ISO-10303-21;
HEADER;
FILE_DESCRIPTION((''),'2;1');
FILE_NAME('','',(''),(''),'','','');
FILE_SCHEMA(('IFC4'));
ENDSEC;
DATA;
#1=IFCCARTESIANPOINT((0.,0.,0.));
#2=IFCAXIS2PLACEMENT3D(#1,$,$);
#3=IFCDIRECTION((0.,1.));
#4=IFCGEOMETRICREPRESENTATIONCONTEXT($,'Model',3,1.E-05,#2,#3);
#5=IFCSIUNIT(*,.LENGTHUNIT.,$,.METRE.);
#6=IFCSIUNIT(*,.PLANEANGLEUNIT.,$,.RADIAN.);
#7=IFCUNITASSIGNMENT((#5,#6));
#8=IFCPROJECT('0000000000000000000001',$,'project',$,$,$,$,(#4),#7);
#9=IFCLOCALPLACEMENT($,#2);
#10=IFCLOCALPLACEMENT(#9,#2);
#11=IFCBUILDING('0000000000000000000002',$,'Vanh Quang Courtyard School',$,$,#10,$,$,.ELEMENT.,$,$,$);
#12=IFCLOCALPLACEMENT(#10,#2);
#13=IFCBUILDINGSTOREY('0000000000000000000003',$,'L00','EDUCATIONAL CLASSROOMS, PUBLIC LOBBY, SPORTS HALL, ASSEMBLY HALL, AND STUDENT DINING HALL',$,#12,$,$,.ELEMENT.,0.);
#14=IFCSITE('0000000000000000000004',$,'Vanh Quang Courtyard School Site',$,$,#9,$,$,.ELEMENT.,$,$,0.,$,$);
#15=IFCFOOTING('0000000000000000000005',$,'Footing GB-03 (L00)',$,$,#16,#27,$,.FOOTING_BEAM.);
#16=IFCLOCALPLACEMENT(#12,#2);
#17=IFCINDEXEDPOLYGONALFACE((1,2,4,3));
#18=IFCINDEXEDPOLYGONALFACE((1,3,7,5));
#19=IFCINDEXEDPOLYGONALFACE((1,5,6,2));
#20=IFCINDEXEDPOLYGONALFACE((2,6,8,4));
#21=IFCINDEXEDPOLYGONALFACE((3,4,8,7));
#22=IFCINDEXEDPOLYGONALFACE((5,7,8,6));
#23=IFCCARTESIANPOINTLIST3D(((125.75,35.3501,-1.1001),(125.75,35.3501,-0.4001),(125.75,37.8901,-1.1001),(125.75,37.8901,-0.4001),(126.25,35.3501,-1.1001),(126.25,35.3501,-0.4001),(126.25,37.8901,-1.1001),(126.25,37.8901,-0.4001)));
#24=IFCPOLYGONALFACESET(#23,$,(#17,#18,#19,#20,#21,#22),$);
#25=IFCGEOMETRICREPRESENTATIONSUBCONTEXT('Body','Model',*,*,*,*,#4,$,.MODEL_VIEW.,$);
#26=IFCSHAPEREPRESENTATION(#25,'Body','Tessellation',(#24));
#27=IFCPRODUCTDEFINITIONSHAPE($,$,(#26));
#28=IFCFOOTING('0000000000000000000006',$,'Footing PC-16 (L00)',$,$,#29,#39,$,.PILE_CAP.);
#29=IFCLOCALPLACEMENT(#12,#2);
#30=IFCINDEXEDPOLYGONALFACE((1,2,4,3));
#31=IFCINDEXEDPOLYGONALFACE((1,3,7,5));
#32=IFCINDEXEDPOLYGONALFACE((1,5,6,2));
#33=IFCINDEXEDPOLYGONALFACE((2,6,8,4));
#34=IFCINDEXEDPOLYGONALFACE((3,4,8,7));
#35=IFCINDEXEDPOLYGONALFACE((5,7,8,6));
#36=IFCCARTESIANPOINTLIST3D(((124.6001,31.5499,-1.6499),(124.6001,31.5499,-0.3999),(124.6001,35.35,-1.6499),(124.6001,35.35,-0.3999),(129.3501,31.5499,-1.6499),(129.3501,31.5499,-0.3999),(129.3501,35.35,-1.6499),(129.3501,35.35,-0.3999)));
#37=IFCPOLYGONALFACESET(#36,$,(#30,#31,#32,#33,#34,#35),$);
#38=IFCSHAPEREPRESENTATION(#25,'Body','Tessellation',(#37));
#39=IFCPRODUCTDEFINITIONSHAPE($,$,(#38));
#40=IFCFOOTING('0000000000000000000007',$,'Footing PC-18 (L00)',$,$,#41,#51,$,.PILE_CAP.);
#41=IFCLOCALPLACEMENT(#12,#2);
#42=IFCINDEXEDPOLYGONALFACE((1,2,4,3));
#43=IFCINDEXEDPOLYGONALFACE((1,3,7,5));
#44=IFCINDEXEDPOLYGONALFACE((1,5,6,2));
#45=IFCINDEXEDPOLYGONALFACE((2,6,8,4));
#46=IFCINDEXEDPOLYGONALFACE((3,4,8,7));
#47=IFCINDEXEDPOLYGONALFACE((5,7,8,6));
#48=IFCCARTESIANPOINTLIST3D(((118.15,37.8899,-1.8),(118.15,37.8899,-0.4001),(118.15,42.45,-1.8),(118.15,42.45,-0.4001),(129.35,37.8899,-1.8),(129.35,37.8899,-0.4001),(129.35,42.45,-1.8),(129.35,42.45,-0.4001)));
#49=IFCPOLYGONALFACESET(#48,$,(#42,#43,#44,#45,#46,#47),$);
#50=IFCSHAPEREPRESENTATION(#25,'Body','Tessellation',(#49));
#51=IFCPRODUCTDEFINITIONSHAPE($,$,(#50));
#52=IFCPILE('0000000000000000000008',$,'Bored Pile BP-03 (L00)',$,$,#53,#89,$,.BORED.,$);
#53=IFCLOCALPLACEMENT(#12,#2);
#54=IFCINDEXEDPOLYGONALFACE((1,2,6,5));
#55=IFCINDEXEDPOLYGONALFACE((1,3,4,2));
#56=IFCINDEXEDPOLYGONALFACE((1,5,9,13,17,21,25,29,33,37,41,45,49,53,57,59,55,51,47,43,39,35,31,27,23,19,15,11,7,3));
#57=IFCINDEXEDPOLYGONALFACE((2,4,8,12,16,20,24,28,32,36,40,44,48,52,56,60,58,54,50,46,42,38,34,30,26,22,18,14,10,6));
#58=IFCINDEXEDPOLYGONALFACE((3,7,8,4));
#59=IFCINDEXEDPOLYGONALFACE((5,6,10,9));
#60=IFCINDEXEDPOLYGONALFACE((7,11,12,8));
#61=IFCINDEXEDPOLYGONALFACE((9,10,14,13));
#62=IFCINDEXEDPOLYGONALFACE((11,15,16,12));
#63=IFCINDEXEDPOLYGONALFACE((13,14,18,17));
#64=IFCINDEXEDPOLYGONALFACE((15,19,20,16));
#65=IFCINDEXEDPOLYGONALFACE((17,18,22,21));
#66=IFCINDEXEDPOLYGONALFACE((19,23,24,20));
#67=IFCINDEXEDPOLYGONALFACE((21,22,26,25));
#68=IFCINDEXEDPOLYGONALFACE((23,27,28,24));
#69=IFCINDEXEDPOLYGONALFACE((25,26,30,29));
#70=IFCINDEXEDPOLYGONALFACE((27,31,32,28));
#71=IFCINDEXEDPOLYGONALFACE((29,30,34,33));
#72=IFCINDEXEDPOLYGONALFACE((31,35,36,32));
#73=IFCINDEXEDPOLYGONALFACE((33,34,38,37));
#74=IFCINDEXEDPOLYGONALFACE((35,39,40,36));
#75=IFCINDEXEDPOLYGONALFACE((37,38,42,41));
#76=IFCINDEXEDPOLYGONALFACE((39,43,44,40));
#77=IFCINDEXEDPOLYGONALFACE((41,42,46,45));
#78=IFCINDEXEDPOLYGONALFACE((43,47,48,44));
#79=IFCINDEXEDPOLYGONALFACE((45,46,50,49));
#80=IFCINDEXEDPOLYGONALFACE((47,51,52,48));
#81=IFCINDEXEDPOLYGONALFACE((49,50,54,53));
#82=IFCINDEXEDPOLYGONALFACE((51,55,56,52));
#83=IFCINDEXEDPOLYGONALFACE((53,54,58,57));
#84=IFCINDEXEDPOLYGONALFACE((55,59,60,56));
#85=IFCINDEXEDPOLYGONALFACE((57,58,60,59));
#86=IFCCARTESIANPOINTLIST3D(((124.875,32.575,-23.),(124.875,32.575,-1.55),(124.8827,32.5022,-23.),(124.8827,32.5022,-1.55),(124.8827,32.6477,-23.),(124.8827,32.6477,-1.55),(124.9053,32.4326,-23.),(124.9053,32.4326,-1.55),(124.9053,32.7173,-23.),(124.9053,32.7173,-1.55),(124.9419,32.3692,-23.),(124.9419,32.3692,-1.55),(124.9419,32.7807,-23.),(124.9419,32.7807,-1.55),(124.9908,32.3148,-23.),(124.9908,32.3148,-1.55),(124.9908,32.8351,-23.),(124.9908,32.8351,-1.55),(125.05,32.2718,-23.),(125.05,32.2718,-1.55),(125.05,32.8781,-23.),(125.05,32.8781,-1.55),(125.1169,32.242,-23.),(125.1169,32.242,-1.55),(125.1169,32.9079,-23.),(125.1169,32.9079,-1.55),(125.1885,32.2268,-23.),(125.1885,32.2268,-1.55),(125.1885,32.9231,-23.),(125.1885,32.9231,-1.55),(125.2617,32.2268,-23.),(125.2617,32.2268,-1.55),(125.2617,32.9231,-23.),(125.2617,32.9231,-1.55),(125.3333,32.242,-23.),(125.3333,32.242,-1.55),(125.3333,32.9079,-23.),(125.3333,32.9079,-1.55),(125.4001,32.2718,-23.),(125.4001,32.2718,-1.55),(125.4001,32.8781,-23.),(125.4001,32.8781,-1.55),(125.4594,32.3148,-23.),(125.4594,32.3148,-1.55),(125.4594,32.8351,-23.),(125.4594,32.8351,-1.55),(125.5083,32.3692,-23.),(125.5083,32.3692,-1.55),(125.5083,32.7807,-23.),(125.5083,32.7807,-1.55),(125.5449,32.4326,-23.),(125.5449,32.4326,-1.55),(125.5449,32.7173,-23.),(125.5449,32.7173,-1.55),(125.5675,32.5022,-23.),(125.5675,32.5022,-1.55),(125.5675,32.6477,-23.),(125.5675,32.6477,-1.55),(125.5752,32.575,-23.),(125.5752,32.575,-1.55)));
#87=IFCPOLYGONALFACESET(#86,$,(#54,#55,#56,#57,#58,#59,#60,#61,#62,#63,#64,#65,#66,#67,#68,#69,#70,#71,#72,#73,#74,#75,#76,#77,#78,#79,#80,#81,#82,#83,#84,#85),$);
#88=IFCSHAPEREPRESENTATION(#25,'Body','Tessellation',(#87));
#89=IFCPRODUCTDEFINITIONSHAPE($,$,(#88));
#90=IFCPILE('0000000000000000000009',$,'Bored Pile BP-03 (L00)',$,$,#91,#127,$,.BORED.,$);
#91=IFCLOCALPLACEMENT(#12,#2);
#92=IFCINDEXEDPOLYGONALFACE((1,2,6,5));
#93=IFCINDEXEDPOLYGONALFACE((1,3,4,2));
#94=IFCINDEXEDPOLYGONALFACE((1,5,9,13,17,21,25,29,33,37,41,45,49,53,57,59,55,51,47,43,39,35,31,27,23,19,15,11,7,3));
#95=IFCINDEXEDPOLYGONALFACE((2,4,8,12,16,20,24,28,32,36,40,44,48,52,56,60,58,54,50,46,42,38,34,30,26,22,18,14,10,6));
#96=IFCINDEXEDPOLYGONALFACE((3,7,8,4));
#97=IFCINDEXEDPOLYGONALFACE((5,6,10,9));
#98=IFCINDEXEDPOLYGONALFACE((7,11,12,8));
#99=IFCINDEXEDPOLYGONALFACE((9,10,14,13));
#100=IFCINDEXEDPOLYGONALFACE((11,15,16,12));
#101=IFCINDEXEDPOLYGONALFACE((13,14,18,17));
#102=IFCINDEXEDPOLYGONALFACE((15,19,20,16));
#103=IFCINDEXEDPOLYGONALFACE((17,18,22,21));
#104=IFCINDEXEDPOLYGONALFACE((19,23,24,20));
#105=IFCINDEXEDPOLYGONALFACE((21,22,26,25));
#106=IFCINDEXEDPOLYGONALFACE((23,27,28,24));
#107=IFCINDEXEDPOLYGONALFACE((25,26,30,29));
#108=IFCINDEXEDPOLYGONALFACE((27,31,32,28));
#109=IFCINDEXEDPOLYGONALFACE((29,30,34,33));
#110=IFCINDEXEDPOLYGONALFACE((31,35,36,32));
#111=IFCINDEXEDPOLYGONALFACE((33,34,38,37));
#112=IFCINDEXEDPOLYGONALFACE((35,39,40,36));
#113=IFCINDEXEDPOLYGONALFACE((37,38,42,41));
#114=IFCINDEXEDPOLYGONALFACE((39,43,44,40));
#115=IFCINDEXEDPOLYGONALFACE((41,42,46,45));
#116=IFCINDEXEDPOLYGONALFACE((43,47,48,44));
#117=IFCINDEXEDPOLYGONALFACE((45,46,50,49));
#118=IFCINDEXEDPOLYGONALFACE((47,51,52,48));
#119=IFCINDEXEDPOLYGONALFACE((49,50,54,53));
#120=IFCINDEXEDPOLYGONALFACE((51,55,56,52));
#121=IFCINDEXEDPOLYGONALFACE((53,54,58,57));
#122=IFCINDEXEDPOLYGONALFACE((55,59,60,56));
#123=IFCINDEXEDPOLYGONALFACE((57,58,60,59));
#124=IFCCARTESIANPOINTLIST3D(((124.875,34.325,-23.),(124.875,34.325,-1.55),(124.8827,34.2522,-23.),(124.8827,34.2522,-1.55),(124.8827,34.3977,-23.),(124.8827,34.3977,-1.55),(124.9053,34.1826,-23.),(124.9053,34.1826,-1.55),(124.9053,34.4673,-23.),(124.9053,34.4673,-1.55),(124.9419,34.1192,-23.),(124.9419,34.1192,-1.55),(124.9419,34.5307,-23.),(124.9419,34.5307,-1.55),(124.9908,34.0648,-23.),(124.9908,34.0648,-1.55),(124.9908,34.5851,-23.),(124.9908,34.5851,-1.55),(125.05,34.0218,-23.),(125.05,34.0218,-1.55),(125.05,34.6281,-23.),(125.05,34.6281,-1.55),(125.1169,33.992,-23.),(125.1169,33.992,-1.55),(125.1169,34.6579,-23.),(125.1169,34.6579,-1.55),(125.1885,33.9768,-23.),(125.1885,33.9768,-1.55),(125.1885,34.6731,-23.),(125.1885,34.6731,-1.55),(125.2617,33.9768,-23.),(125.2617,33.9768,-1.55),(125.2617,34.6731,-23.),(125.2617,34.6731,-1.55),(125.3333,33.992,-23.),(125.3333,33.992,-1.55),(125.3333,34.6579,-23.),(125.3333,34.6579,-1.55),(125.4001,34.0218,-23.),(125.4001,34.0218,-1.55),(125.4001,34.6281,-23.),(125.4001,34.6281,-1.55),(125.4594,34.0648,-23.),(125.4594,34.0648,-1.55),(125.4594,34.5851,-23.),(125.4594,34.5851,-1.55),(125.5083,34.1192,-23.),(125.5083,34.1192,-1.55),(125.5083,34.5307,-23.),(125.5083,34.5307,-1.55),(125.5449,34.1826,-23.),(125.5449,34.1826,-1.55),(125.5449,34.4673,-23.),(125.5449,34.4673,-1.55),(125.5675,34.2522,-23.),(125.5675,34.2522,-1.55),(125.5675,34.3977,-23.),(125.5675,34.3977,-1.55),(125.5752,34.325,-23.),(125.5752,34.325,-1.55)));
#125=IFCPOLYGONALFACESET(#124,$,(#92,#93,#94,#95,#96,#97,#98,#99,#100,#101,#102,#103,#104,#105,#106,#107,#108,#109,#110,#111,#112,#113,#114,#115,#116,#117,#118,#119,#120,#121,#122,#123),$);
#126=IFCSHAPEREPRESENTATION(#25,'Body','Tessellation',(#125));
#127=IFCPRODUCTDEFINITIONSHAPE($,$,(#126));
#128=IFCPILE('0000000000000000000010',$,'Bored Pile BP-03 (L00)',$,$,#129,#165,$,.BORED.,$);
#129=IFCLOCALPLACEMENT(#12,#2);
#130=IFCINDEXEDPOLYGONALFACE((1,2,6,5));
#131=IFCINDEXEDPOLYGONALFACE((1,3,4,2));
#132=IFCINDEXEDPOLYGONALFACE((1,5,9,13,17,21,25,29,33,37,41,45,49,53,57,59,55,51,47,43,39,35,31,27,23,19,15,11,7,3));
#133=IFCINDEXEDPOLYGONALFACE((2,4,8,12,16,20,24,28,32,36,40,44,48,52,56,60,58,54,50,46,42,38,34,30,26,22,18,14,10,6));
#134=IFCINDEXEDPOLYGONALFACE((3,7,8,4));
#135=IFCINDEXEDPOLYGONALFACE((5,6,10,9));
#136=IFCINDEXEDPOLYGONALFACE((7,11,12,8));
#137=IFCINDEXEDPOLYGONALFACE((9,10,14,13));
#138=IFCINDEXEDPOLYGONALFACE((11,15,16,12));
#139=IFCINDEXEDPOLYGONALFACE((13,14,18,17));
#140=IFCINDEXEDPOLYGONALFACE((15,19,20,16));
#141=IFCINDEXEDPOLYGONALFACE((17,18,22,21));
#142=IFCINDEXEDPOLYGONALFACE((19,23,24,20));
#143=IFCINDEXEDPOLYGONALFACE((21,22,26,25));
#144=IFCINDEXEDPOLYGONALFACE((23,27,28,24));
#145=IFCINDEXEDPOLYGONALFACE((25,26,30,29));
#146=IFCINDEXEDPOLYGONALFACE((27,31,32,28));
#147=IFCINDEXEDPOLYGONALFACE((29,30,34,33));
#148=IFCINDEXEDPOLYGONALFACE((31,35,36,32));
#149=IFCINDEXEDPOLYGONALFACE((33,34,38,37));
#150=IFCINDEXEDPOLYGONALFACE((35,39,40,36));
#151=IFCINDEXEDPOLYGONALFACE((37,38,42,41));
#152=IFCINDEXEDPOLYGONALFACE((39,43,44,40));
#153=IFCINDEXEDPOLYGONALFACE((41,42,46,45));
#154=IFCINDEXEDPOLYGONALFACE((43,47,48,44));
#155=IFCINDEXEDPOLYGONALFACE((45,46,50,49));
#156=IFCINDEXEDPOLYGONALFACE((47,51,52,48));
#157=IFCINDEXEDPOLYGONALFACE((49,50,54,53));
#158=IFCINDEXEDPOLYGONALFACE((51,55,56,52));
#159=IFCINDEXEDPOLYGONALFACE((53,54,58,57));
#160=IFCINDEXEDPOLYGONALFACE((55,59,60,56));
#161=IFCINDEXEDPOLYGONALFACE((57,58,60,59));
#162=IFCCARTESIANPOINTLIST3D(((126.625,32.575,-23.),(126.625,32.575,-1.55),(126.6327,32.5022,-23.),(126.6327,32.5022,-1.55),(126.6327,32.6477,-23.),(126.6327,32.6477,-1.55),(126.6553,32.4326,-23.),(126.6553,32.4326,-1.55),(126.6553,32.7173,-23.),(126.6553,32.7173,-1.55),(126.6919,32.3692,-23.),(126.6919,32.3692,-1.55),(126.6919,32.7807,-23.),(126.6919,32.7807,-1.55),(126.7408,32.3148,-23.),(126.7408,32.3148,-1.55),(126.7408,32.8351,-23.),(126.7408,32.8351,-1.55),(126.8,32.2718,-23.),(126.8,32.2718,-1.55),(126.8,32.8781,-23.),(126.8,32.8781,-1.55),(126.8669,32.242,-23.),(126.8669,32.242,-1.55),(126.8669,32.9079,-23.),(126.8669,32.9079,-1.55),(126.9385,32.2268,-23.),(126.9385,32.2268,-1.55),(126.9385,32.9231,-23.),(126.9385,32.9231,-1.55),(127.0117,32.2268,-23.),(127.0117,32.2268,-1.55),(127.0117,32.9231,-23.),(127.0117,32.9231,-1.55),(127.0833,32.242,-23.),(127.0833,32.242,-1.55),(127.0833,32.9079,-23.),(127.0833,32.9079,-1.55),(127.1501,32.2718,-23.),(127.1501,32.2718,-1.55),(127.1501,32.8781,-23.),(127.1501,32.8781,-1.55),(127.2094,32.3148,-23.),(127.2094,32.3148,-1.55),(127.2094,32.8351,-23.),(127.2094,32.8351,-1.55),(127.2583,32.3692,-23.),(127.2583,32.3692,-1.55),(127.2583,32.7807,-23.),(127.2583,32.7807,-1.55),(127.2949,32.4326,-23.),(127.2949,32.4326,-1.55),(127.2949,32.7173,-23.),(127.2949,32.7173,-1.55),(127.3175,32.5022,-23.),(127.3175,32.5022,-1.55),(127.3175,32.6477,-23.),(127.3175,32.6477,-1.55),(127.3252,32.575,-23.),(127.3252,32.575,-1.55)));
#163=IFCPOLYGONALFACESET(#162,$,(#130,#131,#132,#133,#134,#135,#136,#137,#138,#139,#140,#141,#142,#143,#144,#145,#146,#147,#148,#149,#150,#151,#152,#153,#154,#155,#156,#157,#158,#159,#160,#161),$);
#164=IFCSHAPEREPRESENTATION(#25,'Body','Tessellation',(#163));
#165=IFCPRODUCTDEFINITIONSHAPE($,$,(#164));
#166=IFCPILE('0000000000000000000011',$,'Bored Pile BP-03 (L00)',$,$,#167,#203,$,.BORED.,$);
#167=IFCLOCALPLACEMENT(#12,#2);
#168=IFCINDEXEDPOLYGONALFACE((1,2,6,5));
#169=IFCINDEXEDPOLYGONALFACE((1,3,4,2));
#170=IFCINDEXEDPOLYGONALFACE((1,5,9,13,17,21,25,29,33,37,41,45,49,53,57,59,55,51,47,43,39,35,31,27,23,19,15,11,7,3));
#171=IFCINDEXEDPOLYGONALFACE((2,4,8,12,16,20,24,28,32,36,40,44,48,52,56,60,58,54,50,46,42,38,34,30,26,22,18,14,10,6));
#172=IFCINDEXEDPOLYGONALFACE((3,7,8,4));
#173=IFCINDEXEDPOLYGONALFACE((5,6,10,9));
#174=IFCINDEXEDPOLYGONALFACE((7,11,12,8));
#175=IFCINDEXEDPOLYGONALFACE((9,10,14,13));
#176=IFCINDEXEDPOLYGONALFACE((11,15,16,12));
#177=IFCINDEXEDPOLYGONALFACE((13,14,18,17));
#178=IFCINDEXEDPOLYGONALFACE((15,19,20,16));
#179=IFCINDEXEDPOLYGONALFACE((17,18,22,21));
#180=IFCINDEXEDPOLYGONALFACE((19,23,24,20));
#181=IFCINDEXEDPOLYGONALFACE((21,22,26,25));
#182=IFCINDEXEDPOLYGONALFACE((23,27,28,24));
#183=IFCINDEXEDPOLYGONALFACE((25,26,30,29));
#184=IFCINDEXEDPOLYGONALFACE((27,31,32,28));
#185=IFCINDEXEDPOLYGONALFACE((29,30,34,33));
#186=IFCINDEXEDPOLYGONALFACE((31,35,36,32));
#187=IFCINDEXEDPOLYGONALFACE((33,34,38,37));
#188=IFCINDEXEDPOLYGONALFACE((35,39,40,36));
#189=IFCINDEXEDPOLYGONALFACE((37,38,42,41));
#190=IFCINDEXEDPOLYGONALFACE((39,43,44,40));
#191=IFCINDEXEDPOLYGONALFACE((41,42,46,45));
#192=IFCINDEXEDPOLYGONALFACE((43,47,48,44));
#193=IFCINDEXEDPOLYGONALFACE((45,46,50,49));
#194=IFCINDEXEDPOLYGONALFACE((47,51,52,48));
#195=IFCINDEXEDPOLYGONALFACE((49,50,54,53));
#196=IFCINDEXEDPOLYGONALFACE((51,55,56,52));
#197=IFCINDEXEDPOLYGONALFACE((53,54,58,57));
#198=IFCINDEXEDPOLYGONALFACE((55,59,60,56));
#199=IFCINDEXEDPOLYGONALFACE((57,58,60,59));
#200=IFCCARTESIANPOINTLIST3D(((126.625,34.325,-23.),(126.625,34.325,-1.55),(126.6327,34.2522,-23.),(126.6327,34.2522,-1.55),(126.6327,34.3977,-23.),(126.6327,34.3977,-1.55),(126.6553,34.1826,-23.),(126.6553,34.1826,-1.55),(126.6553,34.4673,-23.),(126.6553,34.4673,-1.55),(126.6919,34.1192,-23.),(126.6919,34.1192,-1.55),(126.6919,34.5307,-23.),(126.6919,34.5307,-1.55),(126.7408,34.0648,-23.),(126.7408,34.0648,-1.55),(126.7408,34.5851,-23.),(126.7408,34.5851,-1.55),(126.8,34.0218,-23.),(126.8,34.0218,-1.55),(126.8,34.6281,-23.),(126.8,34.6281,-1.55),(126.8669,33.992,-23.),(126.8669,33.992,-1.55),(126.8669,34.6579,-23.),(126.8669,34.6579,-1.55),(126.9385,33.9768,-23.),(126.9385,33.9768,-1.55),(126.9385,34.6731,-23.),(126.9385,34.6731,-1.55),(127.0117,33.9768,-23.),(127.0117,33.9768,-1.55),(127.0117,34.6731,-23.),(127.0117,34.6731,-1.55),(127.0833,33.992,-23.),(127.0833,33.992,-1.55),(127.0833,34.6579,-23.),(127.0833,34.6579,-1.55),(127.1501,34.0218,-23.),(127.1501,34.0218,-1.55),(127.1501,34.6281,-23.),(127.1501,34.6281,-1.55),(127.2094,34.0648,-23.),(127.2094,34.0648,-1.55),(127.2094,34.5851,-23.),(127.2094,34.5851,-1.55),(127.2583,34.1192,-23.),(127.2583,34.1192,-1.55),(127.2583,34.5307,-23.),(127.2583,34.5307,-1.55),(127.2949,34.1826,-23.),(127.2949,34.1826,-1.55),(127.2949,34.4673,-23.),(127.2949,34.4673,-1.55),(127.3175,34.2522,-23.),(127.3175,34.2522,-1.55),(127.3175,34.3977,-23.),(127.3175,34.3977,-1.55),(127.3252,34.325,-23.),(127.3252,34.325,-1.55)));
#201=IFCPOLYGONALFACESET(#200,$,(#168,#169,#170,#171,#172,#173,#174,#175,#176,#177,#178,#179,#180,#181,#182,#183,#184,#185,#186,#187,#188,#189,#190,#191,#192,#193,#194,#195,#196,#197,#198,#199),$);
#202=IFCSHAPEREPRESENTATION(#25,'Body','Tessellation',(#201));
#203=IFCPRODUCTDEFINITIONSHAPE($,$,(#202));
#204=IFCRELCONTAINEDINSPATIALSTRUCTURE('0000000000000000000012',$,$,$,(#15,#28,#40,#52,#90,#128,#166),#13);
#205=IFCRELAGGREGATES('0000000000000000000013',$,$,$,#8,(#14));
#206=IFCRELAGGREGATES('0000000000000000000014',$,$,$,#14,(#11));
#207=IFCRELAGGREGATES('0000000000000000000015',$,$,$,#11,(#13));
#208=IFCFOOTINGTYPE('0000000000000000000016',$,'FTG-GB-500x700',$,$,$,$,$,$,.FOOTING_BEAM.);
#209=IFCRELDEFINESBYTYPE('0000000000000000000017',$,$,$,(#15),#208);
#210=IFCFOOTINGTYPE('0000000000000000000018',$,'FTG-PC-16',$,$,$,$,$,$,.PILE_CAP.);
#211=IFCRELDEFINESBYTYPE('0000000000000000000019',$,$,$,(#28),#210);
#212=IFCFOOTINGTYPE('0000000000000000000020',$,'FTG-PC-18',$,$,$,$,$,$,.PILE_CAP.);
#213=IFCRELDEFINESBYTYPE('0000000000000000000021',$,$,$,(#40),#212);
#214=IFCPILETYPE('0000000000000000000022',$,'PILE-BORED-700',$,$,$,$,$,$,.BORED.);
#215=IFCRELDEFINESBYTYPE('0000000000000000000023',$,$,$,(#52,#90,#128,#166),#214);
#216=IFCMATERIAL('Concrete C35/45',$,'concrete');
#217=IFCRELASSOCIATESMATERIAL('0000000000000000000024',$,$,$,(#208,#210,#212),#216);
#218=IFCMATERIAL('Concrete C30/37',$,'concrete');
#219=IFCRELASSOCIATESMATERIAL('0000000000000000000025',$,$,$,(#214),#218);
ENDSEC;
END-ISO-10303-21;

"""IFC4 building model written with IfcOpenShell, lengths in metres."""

from ifc_helpers import new_model, si_unit, direction, frame, origin, origin_2d, place, context, subcontext, project, spatial, rectangle, circle, extrude, material, material_profile, profile_set, type_object, element, save


model = new_model("IFC4")

# Units and contexts
model_context = context("Model", 3, precision=1e-05, world=origin(), true_north=direction((0.0, 1.0)))
body_context = subcontext(model_context, "Body", "Model", "MODEL_VIEW")
ifc_project = project(units=[si_unit("LENGTHUNIT", "METRE"), si_unit("PLANEANGLEUNIT", "RADIAN")], contexts=[model_context])

# Site, building, storey
site_placement = place(None, origin())
site = spatial("IfcSite", under=ifc_project, at=site_placement, Name="Vanh Quang Courtyard School Site", CompositionType="ELEMENT", RefElevation=0.0)
building_placement = place(site_placement, origin())
building = spatial("IfcBuilding", under=site, at=building_placement, Name="Vanh Quang Courtyard School", CompositionType="ELEMENT")
storey_placement = place(building_placement, origin())
storey = spatial("IfcBuildingStorey", under=building, at=storey_placement, Name="L00", Description="EDUCATIONAL CLASSROOMS, PUBLIC LOBBY, SPORTS HALL, ASSEMBLY HALL, AND STUDENT DINING HALL", CompositionType="ELEMENT", Elevation=0.0)

# Footings
ifc_material_1 = material(Name="Concrete C35/45", Category="concrete")
footing_type_1 = type_object("IfcFootingType", Name="FTG-GB-500x700", PredefinedType="FOOTING_BEAM", material=ifc_material_1)
footing_1_placement = place(storey_placement, frame((126.0, 36.6201, -1.1001), z_axis=(0.0, 0.0, 1.0), x_axis=(0.0, 1.0, 0.0)))
element("IfcFooting", 1, at=footing_1_placement, inside=storey, type_object=footing_type_1, Name="Footing GB-03 (L00)", PredefinedType="FOOTING_BEAM", context=body_context, shape_type="SweptSolid", body=[
    extrude(rectangle(XDim=2.54, YDim=0.5, at=origin_2d()), origin(), (0.0, 0.0, 1.0), 0.7),
])
footing_type_2 = type_object("IfcFootingType", Name="FTG-PC-16", PredefinedType="PILE_CAP", material=ifc_material_1)
footing_2_placement = place(storey_placement, frame((126.9751, 33.45, -1.6499), z_axis=(0.0, 0.0, 1.0), x_axis=(1.0, 0.0, 0.0)))
element("IfcFooting", 2, at=footing_2_placement, inside=storey, type_object=footing_type_2, Name="Footing PC-16 (L00)", PredefinedType="PILE_CAP", context=body_context, shape_type="SweptSolid", body=[
    extrude(rectangle(XDim=4.75, YDim=3.8, at=origin_2d()), origin(), (0.0, 0.0, 1.0), 1.25),
])
footing_type_3 = type_object("IfcFootingType", Name="FTG-PC-18", PredefinedType="PILE_CAP", material=ifc_material_1)
footing_3_placement = place(storey_placement, frame((123.75, 40.1699, -1.8), z_axis=(0.0, 0.0, 1.0), x_axis=(1.0, 0.0, 0.0)))
element("IfcFooting", 3, at=footing_3_placement, inside=storey, type_object=footing_type_3, Name="Footing PC-18 (L00)", PredefinedType="PILE_CAP", context=body_context, shape_type="SweptSolid", body=[
    extrude(rectangle(XDim=11.2, YDim=4.5601, at=origin_2d()), origin(), (0.0, 0.0, 1.0), 1.3999),
])

# Piles
ifc_material_2 = material(Name="Concrete C30/37", Category="concrete")
ifc_material_profile_1 = material_profile(ifc_material_2, circle(Radius=0.3501, at=origin_2d()), Name="PILE D700")
ifc_profile_set_1 = profile_set([ifc_material_profile_1], Name="Concrete C30/37")
pile_type_1 = type_object("IfcPileType", Name="PILE-BORED-700", PredefinedType="BORED", material=ifc_profile_set_1)
for number, where, z_axis, x_axis, name in (
    (4, (125.2251, 32.575, -1.55), (0.0, 0.0, -1.0), (1.0, 0.0, 0.0), "Bored Pile BP-03 (L00)"),
    (5, (125.2251, 34.325, -1.55), (0.0, 0.0, -1.0), (1.0, 0.0, 0.0), "Bored Pile BP-03 (L00)"),
    (6, (126.9751, 32.575, -1.55), (0.0, 0.0, -1.0), (1.0, 0.0, 0.0), "Bored Pile BP-03 (L00)"),
    (7, (126.9751, 34.325, -1.55), (0.0, 0.0, -1.0), (1.0, 0.0, 0.0), "Bored Pile BP-03 (L00)"),
):
    element("IfcPile", number, at=place(storey_placement, frame(where, z_axis=z_axis, x_axis=x_axis)), inside=storey, type_object=pile_type_1, Name=name, PredefinedType="BORED", context=body_context, shape_type="SweptSolid", body=[
        extrude(circle(Radius=0.3501, at=origin_2d()), origin(), (0.0, 0.0, 1.0), 21.45),
    ])

save(model, "model.ifc")
